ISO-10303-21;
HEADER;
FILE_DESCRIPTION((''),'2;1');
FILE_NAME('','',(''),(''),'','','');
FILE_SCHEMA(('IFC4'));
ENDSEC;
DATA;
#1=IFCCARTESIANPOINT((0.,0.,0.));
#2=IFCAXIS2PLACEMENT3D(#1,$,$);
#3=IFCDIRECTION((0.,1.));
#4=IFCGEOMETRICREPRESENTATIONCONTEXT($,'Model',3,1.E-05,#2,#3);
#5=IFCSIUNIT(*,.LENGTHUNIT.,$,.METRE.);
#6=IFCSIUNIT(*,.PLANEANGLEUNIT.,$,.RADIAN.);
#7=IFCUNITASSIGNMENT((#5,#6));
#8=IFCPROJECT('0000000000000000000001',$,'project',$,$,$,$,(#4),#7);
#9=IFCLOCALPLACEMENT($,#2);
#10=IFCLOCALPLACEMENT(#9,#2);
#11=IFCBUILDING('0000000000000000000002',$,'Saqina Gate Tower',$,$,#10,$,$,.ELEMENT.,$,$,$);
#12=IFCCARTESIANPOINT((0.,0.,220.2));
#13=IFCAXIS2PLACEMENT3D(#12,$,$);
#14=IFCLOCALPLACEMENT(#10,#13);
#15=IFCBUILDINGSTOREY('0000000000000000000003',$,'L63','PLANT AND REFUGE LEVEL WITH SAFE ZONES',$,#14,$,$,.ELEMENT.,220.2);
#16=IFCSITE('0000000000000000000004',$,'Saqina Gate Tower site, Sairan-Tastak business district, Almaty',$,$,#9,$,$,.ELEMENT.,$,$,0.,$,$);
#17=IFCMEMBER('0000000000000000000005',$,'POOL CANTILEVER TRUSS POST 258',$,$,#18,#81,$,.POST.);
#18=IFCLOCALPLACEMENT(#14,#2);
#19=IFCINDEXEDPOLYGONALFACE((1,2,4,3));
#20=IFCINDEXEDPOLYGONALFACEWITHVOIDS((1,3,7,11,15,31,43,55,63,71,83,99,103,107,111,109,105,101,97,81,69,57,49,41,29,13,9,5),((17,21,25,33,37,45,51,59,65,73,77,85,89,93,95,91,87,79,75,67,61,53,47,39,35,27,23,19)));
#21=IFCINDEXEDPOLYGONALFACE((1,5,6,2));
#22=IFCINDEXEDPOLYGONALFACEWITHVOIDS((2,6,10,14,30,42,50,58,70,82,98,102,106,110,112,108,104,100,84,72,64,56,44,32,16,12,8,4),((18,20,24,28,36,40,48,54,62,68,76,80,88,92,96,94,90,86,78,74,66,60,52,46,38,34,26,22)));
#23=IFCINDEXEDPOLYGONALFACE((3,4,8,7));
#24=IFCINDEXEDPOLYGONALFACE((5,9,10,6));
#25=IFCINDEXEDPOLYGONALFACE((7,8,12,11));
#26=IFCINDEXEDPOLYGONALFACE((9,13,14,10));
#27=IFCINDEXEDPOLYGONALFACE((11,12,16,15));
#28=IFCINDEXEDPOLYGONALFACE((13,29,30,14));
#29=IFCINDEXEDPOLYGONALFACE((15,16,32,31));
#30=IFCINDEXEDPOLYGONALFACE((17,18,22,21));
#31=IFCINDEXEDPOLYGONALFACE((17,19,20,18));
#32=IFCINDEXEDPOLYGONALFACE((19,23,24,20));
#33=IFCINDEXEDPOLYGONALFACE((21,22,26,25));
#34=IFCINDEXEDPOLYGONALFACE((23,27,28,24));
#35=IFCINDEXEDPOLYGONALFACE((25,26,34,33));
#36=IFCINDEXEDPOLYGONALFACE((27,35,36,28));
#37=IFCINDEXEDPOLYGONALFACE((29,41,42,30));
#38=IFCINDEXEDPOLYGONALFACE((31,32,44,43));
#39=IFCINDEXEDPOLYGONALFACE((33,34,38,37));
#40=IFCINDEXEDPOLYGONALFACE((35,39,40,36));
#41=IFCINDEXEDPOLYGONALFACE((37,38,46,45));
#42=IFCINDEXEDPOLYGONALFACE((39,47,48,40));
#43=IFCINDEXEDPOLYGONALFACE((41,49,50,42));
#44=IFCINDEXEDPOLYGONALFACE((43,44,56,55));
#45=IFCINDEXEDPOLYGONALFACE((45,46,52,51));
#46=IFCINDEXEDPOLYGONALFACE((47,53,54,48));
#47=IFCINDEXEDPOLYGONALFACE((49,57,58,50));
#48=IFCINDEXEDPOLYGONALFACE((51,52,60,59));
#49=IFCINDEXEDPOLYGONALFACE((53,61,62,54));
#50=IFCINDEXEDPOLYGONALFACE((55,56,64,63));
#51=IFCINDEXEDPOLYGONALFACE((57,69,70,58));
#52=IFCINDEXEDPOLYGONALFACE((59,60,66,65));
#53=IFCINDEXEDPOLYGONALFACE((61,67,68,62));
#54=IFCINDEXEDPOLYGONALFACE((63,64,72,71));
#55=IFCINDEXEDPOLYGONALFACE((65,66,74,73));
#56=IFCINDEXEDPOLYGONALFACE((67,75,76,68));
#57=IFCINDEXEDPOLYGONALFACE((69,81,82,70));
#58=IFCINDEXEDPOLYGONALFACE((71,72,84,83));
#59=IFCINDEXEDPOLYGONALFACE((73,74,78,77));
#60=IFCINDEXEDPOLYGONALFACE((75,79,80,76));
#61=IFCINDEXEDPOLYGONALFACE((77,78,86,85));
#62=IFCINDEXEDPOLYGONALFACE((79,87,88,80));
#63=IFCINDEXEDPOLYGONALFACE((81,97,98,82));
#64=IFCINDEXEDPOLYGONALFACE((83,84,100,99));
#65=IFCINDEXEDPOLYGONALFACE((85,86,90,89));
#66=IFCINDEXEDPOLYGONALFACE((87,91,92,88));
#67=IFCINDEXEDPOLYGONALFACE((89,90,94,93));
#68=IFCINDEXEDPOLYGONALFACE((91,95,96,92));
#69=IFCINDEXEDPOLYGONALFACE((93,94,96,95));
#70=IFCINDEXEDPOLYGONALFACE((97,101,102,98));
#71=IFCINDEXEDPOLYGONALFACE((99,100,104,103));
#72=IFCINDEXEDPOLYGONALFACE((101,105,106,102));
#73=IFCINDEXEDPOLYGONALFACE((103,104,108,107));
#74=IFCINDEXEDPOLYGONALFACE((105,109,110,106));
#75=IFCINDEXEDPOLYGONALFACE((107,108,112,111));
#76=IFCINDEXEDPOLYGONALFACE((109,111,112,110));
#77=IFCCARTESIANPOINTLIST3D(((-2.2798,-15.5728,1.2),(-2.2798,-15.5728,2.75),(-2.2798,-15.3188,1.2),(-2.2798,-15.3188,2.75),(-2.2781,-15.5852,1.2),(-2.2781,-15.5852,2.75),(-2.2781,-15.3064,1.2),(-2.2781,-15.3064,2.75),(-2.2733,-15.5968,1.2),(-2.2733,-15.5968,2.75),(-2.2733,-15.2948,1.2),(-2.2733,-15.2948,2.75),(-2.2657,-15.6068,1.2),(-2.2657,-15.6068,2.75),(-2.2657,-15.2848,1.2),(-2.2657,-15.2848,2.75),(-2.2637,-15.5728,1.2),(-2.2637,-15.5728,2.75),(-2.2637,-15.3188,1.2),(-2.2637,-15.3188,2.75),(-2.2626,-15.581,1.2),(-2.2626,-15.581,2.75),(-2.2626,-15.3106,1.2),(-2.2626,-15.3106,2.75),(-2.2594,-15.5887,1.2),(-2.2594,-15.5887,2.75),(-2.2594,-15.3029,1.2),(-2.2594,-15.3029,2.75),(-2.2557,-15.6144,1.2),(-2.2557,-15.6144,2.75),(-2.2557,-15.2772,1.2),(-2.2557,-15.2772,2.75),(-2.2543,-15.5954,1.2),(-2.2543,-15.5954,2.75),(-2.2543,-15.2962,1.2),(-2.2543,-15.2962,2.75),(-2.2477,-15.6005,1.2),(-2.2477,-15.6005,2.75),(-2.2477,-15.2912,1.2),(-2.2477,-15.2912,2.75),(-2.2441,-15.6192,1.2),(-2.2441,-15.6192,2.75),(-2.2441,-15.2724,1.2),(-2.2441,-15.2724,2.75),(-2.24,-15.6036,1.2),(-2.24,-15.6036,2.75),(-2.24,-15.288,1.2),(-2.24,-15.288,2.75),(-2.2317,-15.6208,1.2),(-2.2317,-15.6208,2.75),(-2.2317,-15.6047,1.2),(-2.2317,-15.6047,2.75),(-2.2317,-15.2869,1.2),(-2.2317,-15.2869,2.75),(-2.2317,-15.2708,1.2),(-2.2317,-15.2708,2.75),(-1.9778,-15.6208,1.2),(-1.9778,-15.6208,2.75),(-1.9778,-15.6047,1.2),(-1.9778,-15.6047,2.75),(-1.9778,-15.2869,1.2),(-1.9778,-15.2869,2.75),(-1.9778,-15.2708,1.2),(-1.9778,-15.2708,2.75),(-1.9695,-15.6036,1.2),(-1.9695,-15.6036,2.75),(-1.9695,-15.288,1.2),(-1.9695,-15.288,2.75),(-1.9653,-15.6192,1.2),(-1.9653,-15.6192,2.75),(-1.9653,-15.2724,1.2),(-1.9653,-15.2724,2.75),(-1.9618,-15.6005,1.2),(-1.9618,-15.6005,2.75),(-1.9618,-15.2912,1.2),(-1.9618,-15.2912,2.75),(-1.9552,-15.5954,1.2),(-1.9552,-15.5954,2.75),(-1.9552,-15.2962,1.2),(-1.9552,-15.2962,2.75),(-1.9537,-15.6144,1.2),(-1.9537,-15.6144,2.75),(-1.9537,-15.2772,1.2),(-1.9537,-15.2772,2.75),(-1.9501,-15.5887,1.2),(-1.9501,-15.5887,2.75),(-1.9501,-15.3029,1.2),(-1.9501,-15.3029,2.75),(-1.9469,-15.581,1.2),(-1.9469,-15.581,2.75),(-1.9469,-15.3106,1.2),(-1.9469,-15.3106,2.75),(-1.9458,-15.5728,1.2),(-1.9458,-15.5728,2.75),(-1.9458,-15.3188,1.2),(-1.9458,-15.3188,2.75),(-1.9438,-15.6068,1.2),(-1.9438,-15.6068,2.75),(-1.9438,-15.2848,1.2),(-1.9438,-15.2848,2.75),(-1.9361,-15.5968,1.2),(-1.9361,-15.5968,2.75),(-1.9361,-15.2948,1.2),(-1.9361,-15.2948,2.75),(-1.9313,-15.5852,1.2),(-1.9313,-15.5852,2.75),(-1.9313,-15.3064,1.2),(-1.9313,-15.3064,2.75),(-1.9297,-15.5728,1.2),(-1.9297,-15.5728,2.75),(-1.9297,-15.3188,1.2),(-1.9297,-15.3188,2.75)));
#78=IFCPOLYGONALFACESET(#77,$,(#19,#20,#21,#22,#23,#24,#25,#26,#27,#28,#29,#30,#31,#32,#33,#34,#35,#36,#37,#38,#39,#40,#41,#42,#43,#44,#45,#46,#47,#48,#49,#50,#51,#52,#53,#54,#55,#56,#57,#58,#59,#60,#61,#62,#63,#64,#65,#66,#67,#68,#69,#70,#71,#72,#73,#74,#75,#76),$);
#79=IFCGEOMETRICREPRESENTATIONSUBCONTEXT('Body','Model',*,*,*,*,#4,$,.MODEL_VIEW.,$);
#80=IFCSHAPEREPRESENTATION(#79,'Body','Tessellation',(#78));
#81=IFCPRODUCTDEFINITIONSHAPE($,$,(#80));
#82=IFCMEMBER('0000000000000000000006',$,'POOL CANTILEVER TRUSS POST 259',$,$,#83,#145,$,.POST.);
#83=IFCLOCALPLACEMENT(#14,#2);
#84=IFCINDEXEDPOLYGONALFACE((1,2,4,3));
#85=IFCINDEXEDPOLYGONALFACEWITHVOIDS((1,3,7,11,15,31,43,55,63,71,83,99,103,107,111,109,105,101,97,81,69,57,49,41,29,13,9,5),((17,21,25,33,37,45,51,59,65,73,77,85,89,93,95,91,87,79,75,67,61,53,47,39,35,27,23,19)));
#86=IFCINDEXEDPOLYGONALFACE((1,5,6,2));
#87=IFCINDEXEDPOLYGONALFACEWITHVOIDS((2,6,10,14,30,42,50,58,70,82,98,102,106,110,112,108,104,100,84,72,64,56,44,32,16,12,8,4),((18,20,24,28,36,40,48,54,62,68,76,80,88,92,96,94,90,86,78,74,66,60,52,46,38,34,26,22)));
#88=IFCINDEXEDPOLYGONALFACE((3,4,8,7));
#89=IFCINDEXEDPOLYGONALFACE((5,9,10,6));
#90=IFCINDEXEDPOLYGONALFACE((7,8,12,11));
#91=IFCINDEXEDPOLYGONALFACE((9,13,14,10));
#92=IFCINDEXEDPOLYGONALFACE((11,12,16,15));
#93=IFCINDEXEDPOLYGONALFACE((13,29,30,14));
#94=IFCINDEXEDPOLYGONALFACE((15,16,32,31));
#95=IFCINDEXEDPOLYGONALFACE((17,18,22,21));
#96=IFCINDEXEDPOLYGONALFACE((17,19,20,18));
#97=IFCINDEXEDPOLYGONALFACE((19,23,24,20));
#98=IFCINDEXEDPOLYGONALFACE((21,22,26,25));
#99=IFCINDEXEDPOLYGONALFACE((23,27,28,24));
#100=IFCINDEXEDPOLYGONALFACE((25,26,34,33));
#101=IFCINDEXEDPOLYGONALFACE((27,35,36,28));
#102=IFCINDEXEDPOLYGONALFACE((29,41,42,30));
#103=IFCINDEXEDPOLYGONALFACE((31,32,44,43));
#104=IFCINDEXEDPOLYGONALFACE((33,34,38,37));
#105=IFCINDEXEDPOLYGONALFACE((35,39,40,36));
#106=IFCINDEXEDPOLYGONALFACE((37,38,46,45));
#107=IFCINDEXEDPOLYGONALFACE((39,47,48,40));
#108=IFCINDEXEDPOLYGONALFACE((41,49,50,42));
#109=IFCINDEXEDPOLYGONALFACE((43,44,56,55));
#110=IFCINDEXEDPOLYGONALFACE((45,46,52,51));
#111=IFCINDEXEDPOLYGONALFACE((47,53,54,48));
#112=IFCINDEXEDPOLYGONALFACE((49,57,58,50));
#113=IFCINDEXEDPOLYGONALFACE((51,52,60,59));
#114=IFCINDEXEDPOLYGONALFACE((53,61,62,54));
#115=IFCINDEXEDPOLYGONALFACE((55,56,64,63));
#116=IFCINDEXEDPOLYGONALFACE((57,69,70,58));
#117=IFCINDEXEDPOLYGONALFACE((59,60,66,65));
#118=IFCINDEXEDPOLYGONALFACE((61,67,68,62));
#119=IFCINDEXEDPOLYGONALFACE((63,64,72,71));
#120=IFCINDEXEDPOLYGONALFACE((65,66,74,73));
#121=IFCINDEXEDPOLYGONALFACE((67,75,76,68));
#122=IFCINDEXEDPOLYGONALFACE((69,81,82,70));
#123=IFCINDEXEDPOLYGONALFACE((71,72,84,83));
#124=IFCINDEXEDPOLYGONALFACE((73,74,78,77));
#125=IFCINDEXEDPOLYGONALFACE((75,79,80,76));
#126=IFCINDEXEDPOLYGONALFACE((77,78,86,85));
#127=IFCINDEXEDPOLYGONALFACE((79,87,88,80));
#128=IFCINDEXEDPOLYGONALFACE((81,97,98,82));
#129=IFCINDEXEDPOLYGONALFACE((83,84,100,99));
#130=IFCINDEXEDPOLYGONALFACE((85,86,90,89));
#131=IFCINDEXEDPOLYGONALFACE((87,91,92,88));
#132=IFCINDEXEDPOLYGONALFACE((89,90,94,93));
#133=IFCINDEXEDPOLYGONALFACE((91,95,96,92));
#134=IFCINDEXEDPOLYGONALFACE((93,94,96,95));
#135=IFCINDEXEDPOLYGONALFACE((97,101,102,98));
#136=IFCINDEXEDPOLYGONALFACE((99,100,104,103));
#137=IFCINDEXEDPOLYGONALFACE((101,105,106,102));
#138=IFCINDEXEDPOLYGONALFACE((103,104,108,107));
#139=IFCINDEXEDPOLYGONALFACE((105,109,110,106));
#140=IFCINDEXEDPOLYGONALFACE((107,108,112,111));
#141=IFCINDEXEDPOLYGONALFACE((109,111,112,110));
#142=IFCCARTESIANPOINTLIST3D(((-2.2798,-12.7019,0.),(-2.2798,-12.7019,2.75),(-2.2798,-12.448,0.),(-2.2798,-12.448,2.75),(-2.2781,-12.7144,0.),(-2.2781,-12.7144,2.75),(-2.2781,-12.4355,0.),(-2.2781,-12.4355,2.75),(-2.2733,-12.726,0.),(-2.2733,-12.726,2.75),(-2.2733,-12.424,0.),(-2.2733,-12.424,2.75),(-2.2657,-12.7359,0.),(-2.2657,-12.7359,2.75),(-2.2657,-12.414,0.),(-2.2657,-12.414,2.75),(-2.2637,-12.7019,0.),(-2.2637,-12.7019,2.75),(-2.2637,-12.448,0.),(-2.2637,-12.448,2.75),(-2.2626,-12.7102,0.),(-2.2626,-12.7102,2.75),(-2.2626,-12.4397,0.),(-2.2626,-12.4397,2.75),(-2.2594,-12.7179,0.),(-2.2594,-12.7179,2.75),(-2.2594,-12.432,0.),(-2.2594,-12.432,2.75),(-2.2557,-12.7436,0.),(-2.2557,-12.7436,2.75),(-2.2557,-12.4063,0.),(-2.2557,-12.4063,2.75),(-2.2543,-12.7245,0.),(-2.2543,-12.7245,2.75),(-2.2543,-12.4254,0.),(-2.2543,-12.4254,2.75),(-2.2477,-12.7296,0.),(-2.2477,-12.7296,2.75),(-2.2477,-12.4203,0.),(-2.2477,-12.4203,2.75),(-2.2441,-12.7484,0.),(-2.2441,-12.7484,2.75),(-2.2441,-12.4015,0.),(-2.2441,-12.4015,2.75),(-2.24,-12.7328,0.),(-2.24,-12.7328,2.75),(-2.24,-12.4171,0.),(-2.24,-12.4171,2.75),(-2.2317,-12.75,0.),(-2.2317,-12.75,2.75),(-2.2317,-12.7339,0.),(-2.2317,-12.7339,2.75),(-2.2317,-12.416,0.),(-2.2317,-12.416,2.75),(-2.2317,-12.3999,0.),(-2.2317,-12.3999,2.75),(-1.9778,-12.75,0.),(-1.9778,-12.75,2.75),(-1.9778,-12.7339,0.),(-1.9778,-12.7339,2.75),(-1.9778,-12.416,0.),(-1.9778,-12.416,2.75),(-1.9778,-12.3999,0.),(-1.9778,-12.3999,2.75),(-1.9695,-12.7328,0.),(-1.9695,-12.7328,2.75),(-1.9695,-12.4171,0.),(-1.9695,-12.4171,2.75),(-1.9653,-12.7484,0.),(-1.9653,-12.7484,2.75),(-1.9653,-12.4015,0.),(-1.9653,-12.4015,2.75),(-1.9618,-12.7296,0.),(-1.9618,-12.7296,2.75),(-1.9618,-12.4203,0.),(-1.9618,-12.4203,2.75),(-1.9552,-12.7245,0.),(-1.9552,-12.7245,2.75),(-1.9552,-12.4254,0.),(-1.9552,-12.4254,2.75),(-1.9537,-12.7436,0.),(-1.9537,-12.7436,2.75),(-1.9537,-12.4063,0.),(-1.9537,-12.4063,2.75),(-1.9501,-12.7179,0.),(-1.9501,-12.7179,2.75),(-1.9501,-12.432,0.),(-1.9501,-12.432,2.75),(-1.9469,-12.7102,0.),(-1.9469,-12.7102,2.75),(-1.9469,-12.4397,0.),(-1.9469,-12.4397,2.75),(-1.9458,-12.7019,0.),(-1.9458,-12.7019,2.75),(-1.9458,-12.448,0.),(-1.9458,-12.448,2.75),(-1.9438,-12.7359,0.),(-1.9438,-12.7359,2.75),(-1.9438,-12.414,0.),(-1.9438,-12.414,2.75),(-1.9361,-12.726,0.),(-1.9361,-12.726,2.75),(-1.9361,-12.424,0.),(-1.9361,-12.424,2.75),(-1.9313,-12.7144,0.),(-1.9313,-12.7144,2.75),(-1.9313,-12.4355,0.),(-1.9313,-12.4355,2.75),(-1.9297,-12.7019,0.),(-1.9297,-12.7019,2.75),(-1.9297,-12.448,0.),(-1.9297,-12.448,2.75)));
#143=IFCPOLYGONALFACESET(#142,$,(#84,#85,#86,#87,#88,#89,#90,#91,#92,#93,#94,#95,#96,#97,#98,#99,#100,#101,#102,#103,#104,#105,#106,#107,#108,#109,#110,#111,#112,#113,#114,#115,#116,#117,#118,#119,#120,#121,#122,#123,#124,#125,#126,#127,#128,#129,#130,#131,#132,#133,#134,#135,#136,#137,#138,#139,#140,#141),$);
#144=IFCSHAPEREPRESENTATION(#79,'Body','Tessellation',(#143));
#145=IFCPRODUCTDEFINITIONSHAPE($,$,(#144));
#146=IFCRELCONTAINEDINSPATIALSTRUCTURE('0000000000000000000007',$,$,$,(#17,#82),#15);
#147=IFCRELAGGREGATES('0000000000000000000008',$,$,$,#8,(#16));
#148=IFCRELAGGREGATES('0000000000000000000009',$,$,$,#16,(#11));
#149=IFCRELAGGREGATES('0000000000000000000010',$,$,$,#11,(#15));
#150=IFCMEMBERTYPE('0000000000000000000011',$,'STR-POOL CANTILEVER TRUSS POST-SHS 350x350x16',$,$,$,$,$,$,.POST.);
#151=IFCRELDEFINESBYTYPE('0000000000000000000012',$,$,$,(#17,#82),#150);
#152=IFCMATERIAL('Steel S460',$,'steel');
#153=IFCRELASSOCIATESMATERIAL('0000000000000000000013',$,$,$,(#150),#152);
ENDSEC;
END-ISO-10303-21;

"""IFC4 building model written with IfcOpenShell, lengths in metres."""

from ifc_helpers import new_model, si_unit, direction, frame, origin, origin_2d, place, context, subcontext, project, spatial, hollow_rectangle, extrude, material, material_profile, profile_set, type_object, element, save


model = new_model("IFC4")

# Units and contexts
model_context = context("Model", 3, precision=1e-05, world=origin(), true_north=direction((0.0, 1.0)))
body_context = subcontext(model_context, "Body", "Model", "MODEL_VIEW")
ifc_project = project(units=[si_unit("LENGTHUNIT", "METRE"), si_unit("PLANEANGLEUNIT", "RADIAN")], contexts=[model_context])

# Site, building, storey
site_placement = place(None, origin())
site = spatial("IfcSite", under=ifc_project, at=site_placement, Name="Saqina Gate Tower site, Sairan-Tastak business district, Almaty", CompositionType="ELEMENT", RefElevation=0.0)
building_placement = place(site_placement, origin())
building = spatial("IfcBuilding", under=site, at=building_placement, Name="Saqina Gate Tower", CompositionType="ELEMENT")
storey_placement = place(building_placement, frame((0.0, 0.0, 220.2)))
storey = spatial("IfcBuildingStorey", under=building, at=storey_placement, Name="L63", Description="PLANT AND REFUGE LEVEL WITH SAFE ZONES", CompositionType="ELEMENT", Elevation=220.2)

# Members
ifc_material_1 = material(Name="Steel S460", Category="steel")
ifc_material_profile_1 = material_profile(ifc_material_1, hollow_rectangle(XDim=0.3501, YDim=0.3501, WallThickness=0.0161, InnerFilletRadius=0.032, OuterFilletRadius=0.0481, at=origin_2d()), Name="SHS 350x350x16")
ifc_profile_set_1 = profile_set([ifc_material_profile_1], Name="Steel S460")
member_type_1 = type_object("IfcMemberType", Name="STR-POOL CANTILEVER TRUSS POST-SHS 350x350x16", PredefinedType="POST", material=ifc_profile_set_1)
for number, where, z_axis, x_axis, name in (
    (1, (-2.1047, -15.4458, 1.2), (0.0, 0.0, 1.0), (1.0, 0.0, 0.0), "POOL CANTILEVER TRUSS POST 258"),
):
    element("IfcMember", number, at=place(storey_placement, frame(where, z_axis=z_axis, x_axis=x_axis)), inside=storey, type_object=member_type_1, Name=name, PredefinedType="POST", context=body_context, shape_type="SweptSolid", body=[
        extrude(hollow_rectangle(XDim=0.3501, YDim=0.3501, WallThickness=0.0161, InnerFilletRadius=0.032, OuterFilletRadius=0.0481, at=origin_2d()), origin(), (0.0, 0.0, 1.0), 1.55),
    ])
for number, where, z_axis, x_axis, name in (
    (2, (-2.1047, -12.575, 0.0), (0.0, 0.0, 1.0), (1.0, 0.0, 0.0), "POOL CANTILEVER TRUSS POST 259"),
):
    element("IfcMember", number, at=place(storey_placement, frame(where, z_axis=z_axis, x_axis=x_axis)), inside=storey, type_object=member_type_1, Name=name, PredefinedType="POST", context=body_context, shape_type="SweptSolid", body=[
        extrude(hollow_rectangle(XDim=0.3501, YDim=0.3501, WallThickness=0.0161, InnerFilletRadius=0.032, OuterFilletRadius=0.0481, at=origin_2d()), origin(), (0.0, 0.0, 1.0), 2.75),
    ])

save(model, "model.ifc")
